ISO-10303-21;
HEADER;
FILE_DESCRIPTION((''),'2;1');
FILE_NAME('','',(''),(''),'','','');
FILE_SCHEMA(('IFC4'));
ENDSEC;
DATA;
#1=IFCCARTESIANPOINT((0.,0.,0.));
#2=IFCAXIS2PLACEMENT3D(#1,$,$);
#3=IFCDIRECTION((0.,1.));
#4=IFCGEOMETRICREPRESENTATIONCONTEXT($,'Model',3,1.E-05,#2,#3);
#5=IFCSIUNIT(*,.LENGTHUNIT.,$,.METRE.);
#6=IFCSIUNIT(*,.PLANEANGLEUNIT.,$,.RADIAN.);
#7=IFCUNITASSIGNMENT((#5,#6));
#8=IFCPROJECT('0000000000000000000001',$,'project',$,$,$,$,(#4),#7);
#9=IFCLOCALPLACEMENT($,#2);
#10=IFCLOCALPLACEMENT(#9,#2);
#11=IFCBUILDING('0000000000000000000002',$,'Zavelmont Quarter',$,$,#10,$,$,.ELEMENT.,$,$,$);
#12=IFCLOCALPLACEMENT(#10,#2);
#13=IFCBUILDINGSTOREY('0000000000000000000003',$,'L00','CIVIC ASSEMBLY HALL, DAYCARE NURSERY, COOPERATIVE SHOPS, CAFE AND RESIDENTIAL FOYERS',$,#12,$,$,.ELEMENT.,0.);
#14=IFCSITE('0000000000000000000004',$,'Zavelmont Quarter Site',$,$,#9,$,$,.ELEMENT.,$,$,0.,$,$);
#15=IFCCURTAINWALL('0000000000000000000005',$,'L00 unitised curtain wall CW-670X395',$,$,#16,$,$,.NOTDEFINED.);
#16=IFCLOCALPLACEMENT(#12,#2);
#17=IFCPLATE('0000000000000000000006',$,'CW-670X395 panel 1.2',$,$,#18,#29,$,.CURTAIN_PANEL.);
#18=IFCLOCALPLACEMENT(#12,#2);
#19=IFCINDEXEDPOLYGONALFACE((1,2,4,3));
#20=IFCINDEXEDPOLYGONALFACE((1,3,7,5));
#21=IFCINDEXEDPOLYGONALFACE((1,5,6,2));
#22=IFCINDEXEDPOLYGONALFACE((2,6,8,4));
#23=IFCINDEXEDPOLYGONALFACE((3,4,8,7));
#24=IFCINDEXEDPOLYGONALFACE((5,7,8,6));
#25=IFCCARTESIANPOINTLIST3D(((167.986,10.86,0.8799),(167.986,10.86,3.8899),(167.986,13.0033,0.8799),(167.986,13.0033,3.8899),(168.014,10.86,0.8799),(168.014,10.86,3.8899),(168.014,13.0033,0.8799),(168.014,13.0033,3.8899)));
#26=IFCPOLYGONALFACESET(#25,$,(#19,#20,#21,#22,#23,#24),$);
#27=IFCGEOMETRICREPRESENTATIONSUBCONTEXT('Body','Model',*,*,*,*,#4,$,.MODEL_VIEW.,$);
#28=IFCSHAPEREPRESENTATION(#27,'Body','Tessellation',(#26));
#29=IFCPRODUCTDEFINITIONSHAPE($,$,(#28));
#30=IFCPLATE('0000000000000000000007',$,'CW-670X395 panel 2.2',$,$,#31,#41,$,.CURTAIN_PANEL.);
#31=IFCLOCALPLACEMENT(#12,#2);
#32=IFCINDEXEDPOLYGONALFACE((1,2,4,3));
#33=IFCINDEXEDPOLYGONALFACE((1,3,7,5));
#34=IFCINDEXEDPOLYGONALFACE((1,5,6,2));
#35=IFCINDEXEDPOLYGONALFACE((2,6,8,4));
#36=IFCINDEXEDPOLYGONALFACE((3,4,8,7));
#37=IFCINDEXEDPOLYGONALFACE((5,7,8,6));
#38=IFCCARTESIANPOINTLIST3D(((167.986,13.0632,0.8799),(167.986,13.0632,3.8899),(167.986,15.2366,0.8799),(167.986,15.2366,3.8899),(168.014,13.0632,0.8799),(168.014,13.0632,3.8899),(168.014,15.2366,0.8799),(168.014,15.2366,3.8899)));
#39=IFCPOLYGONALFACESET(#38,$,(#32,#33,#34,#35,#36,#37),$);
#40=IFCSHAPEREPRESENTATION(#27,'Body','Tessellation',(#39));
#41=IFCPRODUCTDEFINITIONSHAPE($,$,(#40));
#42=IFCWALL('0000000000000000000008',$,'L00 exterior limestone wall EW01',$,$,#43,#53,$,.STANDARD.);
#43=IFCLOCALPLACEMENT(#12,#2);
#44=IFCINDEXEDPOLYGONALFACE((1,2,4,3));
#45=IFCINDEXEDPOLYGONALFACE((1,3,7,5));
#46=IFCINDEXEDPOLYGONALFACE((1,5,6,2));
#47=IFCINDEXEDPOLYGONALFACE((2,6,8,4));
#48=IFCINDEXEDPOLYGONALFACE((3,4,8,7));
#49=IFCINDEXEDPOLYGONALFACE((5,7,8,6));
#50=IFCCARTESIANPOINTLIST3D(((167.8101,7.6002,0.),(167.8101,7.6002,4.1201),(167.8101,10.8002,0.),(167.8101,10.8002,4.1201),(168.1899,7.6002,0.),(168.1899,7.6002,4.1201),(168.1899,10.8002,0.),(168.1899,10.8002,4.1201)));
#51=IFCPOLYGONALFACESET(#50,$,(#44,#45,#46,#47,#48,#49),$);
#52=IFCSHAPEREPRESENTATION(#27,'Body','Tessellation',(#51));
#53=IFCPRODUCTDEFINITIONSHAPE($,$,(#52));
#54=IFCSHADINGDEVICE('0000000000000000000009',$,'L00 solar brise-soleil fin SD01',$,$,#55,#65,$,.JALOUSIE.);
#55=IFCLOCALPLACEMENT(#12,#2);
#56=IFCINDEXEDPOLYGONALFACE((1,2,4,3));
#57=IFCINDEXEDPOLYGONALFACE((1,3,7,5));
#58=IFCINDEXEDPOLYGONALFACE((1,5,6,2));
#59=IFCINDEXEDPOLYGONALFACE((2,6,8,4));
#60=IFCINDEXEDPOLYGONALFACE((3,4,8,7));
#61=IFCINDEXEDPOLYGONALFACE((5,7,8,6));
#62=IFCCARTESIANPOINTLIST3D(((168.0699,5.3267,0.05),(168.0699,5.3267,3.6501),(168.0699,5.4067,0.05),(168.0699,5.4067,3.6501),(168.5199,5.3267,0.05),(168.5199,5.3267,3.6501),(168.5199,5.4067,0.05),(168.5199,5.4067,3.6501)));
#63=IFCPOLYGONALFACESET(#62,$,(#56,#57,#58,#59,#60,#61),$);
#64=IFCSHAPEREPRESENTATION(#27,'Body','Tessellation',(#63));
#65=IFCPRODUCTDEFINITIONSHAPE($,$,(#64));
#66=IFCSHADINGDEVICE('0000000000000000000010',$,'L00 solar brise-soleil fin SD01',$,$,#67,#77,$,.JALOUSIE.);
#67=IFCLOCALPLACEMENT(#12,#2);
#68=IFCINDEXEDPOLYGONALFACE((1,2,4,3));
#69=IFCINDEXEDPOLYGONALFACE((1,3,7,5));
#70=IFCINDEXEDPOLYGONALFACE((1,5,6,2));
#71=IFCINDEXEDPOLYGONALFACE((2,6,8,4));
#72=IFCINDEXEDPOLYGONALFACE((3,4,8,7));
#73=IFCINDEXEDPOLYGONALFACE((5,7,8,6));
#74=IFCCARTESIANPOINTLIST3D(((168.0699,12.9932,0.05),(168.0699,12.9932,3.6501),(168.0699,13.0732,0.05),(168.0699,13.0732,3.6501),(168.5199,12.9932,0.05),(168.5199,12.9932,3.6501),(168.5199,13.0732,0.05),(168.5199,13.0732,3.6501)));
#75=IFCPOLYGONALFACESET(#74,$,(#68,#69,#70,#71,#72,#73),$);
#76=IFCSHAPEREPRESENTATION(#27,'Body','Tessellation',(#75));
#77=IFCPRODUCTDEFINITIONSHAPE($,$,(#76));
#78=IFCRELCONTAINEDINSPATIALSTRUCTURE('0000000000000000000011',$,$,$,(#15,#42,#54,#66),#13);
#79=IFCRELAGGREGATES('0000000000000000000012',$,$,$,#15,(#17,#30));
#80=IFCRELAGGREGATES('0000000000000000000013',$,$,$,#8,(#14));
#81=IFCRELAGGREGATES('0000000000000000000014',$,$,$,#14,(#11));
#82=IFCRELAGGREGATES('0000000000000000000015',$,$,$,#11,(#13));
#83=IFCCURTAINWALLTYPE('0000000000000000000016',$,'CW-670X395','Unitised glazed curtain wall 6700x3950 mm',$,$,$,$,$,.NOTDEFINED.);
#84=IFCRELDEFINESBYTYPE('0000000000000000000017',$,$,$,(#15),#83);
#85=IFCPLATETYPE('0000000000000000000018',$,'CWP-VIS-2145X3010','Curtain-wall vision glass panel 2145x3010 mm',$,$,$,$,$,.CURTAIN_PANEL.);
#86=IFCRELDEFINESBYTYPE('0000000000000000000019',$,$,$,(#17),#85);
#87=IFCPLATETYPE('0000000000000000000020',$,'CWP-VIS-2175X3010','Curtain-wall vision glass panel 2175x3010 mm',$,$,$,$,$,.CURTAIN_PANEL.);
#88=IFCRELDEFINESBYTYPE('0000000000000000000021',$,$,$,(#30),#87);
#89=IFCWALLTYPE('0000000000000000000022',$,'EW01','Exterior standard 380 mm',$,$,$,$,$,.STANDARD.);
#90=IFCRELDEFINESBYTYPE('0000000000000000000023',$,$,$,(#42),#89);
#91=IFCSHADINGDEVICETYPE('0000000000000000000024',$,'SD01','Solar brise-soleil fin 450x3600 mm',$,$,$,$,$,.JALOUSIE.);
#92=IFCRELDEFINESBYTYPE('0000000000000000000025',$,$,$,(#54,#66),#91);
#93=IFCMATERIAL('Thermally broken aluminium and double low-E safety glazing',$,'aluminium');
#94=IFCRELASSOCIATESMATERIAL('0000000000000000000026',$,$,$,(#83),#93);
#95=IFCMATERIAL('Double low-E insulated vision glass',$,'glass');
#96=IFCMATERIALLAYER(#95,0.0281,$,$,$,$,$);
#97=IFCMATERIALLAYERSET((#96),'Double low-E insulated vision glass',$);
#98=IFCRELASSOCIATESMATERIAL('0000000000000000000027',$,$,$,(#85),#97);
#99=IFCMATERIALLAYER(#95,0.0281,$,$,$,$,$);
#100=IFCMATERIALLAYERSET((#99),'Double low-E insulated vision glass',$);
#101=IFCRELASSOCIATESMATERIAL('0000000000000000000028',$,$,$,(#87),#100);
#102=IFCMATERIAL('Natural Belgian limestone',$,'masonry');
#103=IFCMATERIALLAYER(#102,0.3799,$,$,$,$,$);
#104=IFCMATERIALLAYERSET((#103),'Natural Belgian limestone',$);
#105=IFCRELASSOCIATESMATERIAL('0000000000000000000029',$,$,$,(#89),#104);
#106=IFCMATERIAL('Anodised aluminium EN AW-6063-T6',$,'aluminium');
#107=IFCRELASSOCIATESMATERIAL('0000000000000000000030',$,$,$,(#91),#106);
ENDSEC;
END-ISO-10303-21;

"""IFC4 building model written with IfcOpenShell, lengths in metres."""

from ifc_helpers import new_model, si_unit, direction, frame, frame_2d, origin, origin_2d, place, context, subcontext, project, spatial, rectangle, extrude, material, layer, layer_set, type_object, element, aggregate, save


model = new_model("IFC4")

# Units and contexts
model_context = context("Model", 3, precision=1e-05, world=origin(), true_north=direction((0.0, 1.0)))
body_context = subcontext(model_context, "Body", "Model", "MODEL_VIEW")
ifc_project = project(units=[si_unit("LENGTHUNIT", "METRE"), si_unit("PLANEANGLEUNIT", "RADIAN")], contexts=[model_context])

# Site, building, storey
site_placement = place(None, origin())
site = spatial("IfcSite", under=ifc_project, at=site_placement, Name="Zavelmont Quarter Site", CompositionType="ELEMENT", RefElevation=0.0)
building_placement = place(site_placement, origin())
building = spatial("IfcBuilding", under=site, at=building_placement, Name="Zavelmont Quarter", CompositionType="ELEMENT")
storey_placement = place(building_placement, origin())
storey = spatial("IfcBuildingStorey", under=building, at=storey_placement, Name="L00", Description="CIVIC ASSEMBLY HALL, DAYCARE NURSERY, COOPERATIVE SHOPS, CAFE AND RESIDENTIAL FOYERS", CompositionType="ELEMENT", Elevation=0.0)

# Curtain wall
ifc_material_1 = material(Name="Thermally broken aluminium and double low-E safety glazing", Category="aluminium")
curtain_wall_type = type_object("IfcCurtainWallType", Name="CW-670X395", Description="Unitised glazed curtain wall 6700x3950 mm", PredefinedType="NOTDEFINED", material=ifc_material_1)
curtain_wall_1_placement = place(storey_placement, origin())
curtain_wall_1 = element("IfcCurtainWall", 1, at=curtain_wall_1_placement, inside=storey, type_object=curtain_wall_type, Name="L00 unitised curtain wall CW-670X395", PredefinedType="NOTDEFINED")

# Plates
ifc_material_2 = material(Name="Double low-E insulated vision glass", Category="glass")
ifc_layer_1 = layer(ifc_material_2, 0.0281)
ifc_layer_set_1 = layer_set([ifc_layer_1], Name="Double low-E insulated vision glass")
plate_type_1 = type_object("IfcPlateType", Name="CWP-VIS-2145X3010", Description="Curtain-wall vision glass panel 2145x3010 mm", PredefinedType="CURTAIN_PANEL", material=ifc_layer_set_1)
plate_1_placement = place(storey_placement, frame((168.0, 11.9316, 0.8799), z_axis=(0.0, 0.0, 1.0), x_axis=(0.0, 1.0, 0.0)))
plate_1 = element("IfcPlate", 2, at=plate_1_placement, type_object=plate_type_1, Name="CW-670X395 panel 1.2", PredefinedType="CURTAIN_PANEL", context=body_context, shape_type="SweptSolid", body=[
    extrude(rectangle(XDim=2.1433, YDim=0.0281, at=origin_2d()), origin(), (0.0, 0.0, 1.0), 3.01),
])
ifc_layer_2 = layer(ifc_material_2, 0.0281)
ifc_layer_set_2 = layer_set([ifc_layer_2], Name="Double low-E insulated vision glass")
plate_type_2 = type_object("IfcPlateType", Name="CWP-VIS-2175X3010", Description="Curtain-wall vision glass panel 2175x3010 mm", PredefinedType="CURTAIN_PANEL", material=ifc_layer_set_2)
plate_2_placement = place(storey_placement, frame((168.0, 14.1499, 0.8799), z_axis=(0.0, 0.0, 1.0), x_axis=(0.0, 1.0, 0.0)))
plate_2 = element("IfcPlate", 3, at=plate_2_placement, type_object=plate_type_2, Name="CW-670X395 panel 2.2", PredefinedType="CURTAIN_PANEL", context=body_context, shape_type="SweptSolid", body=[
    extrude(rectangle(XDim=2.1733, YDim=0.0281, at=origin_2d()), origin(), (0.0, 0.0, 1.0), 3.01),
])
aggregate(curtain_wall_1, [plate_1, plate_2])

# Wall
ifc_material_3 = material(Name="Natural Belgian limestone", Category="masonry")
ifc_layer_3 = layer(ifc_material_3, 0.3799)
ifc_layer_set_3 = layer_set([ifc_layer_3], Name="Natural Belgian limestone")
wall_type = type_object("IfcWallType", Name="EW01", Description="Exterior standard 380 mm", PredefinedType="STANDARD", material=ifc_layer_set_3)
wall_placement = place(storey_placement, frame((168.0, 7.6001, 0.0), z_axis=(0.0, 0.0, 1.0), x_axis=(0.0, 1.0, 0.0)))
element("IfcWall", 4, at=wall_placement, inside=storey, type_object=wall_type, Name="L00 exterior limestone wall EW01", PredefinedType="STANDARD", context=body_context, shape_type="SweptSolid", body=[
    extrude(rectangle(XDim=3.2, YDim=0.3799, at=frame_2d((1.6001, 0.0))), origin(), (0.0, 0.0, 1.0), 4.1201),
])

# Shading devices
ifc_material_4 = material(Name="Anodised aluminium EN AW-6063-T6", Category="aluminium")
shading_device_type = type_object("IfcShadingDeviceType", Name="SD01", Description="Solar brise-soleil fin 450x3600 mm", PredefinedType="JALOUSIE", material=ifc_material_4)
for number, where, z_axis, x_axis, name in (
    (5, (168.2949, 5.3667, 0.05), (0.0, 0.0, 1.0), (0.0, 1.0, 0.0), "L00 solar brise-soleil fin SD01"),
    (6, (168.2949, 13.0332, 0.05), (0.0, 0.0, 1.0), (0.0, 1.0, 0.0), "L00 solar brise-soleil fin SD01"),
):
    element("IfcShadingDevice", number, at=place(storey_placement, frame(where, z_axis=z_axis, x_axis=x_axis)), inside=storey, type_object=shading_device_type, Name=name, PredefinedType="JALOUSIE", context=body_context, shape_type="SweptSolid", body=[
        extrude(rectangle(XDim=0.0801, YDim=0.45, at=origin_2d()), origin(), (0.0, 0.0, 1.0), 3.6001),
    ])

save(model, "model.ifc")
